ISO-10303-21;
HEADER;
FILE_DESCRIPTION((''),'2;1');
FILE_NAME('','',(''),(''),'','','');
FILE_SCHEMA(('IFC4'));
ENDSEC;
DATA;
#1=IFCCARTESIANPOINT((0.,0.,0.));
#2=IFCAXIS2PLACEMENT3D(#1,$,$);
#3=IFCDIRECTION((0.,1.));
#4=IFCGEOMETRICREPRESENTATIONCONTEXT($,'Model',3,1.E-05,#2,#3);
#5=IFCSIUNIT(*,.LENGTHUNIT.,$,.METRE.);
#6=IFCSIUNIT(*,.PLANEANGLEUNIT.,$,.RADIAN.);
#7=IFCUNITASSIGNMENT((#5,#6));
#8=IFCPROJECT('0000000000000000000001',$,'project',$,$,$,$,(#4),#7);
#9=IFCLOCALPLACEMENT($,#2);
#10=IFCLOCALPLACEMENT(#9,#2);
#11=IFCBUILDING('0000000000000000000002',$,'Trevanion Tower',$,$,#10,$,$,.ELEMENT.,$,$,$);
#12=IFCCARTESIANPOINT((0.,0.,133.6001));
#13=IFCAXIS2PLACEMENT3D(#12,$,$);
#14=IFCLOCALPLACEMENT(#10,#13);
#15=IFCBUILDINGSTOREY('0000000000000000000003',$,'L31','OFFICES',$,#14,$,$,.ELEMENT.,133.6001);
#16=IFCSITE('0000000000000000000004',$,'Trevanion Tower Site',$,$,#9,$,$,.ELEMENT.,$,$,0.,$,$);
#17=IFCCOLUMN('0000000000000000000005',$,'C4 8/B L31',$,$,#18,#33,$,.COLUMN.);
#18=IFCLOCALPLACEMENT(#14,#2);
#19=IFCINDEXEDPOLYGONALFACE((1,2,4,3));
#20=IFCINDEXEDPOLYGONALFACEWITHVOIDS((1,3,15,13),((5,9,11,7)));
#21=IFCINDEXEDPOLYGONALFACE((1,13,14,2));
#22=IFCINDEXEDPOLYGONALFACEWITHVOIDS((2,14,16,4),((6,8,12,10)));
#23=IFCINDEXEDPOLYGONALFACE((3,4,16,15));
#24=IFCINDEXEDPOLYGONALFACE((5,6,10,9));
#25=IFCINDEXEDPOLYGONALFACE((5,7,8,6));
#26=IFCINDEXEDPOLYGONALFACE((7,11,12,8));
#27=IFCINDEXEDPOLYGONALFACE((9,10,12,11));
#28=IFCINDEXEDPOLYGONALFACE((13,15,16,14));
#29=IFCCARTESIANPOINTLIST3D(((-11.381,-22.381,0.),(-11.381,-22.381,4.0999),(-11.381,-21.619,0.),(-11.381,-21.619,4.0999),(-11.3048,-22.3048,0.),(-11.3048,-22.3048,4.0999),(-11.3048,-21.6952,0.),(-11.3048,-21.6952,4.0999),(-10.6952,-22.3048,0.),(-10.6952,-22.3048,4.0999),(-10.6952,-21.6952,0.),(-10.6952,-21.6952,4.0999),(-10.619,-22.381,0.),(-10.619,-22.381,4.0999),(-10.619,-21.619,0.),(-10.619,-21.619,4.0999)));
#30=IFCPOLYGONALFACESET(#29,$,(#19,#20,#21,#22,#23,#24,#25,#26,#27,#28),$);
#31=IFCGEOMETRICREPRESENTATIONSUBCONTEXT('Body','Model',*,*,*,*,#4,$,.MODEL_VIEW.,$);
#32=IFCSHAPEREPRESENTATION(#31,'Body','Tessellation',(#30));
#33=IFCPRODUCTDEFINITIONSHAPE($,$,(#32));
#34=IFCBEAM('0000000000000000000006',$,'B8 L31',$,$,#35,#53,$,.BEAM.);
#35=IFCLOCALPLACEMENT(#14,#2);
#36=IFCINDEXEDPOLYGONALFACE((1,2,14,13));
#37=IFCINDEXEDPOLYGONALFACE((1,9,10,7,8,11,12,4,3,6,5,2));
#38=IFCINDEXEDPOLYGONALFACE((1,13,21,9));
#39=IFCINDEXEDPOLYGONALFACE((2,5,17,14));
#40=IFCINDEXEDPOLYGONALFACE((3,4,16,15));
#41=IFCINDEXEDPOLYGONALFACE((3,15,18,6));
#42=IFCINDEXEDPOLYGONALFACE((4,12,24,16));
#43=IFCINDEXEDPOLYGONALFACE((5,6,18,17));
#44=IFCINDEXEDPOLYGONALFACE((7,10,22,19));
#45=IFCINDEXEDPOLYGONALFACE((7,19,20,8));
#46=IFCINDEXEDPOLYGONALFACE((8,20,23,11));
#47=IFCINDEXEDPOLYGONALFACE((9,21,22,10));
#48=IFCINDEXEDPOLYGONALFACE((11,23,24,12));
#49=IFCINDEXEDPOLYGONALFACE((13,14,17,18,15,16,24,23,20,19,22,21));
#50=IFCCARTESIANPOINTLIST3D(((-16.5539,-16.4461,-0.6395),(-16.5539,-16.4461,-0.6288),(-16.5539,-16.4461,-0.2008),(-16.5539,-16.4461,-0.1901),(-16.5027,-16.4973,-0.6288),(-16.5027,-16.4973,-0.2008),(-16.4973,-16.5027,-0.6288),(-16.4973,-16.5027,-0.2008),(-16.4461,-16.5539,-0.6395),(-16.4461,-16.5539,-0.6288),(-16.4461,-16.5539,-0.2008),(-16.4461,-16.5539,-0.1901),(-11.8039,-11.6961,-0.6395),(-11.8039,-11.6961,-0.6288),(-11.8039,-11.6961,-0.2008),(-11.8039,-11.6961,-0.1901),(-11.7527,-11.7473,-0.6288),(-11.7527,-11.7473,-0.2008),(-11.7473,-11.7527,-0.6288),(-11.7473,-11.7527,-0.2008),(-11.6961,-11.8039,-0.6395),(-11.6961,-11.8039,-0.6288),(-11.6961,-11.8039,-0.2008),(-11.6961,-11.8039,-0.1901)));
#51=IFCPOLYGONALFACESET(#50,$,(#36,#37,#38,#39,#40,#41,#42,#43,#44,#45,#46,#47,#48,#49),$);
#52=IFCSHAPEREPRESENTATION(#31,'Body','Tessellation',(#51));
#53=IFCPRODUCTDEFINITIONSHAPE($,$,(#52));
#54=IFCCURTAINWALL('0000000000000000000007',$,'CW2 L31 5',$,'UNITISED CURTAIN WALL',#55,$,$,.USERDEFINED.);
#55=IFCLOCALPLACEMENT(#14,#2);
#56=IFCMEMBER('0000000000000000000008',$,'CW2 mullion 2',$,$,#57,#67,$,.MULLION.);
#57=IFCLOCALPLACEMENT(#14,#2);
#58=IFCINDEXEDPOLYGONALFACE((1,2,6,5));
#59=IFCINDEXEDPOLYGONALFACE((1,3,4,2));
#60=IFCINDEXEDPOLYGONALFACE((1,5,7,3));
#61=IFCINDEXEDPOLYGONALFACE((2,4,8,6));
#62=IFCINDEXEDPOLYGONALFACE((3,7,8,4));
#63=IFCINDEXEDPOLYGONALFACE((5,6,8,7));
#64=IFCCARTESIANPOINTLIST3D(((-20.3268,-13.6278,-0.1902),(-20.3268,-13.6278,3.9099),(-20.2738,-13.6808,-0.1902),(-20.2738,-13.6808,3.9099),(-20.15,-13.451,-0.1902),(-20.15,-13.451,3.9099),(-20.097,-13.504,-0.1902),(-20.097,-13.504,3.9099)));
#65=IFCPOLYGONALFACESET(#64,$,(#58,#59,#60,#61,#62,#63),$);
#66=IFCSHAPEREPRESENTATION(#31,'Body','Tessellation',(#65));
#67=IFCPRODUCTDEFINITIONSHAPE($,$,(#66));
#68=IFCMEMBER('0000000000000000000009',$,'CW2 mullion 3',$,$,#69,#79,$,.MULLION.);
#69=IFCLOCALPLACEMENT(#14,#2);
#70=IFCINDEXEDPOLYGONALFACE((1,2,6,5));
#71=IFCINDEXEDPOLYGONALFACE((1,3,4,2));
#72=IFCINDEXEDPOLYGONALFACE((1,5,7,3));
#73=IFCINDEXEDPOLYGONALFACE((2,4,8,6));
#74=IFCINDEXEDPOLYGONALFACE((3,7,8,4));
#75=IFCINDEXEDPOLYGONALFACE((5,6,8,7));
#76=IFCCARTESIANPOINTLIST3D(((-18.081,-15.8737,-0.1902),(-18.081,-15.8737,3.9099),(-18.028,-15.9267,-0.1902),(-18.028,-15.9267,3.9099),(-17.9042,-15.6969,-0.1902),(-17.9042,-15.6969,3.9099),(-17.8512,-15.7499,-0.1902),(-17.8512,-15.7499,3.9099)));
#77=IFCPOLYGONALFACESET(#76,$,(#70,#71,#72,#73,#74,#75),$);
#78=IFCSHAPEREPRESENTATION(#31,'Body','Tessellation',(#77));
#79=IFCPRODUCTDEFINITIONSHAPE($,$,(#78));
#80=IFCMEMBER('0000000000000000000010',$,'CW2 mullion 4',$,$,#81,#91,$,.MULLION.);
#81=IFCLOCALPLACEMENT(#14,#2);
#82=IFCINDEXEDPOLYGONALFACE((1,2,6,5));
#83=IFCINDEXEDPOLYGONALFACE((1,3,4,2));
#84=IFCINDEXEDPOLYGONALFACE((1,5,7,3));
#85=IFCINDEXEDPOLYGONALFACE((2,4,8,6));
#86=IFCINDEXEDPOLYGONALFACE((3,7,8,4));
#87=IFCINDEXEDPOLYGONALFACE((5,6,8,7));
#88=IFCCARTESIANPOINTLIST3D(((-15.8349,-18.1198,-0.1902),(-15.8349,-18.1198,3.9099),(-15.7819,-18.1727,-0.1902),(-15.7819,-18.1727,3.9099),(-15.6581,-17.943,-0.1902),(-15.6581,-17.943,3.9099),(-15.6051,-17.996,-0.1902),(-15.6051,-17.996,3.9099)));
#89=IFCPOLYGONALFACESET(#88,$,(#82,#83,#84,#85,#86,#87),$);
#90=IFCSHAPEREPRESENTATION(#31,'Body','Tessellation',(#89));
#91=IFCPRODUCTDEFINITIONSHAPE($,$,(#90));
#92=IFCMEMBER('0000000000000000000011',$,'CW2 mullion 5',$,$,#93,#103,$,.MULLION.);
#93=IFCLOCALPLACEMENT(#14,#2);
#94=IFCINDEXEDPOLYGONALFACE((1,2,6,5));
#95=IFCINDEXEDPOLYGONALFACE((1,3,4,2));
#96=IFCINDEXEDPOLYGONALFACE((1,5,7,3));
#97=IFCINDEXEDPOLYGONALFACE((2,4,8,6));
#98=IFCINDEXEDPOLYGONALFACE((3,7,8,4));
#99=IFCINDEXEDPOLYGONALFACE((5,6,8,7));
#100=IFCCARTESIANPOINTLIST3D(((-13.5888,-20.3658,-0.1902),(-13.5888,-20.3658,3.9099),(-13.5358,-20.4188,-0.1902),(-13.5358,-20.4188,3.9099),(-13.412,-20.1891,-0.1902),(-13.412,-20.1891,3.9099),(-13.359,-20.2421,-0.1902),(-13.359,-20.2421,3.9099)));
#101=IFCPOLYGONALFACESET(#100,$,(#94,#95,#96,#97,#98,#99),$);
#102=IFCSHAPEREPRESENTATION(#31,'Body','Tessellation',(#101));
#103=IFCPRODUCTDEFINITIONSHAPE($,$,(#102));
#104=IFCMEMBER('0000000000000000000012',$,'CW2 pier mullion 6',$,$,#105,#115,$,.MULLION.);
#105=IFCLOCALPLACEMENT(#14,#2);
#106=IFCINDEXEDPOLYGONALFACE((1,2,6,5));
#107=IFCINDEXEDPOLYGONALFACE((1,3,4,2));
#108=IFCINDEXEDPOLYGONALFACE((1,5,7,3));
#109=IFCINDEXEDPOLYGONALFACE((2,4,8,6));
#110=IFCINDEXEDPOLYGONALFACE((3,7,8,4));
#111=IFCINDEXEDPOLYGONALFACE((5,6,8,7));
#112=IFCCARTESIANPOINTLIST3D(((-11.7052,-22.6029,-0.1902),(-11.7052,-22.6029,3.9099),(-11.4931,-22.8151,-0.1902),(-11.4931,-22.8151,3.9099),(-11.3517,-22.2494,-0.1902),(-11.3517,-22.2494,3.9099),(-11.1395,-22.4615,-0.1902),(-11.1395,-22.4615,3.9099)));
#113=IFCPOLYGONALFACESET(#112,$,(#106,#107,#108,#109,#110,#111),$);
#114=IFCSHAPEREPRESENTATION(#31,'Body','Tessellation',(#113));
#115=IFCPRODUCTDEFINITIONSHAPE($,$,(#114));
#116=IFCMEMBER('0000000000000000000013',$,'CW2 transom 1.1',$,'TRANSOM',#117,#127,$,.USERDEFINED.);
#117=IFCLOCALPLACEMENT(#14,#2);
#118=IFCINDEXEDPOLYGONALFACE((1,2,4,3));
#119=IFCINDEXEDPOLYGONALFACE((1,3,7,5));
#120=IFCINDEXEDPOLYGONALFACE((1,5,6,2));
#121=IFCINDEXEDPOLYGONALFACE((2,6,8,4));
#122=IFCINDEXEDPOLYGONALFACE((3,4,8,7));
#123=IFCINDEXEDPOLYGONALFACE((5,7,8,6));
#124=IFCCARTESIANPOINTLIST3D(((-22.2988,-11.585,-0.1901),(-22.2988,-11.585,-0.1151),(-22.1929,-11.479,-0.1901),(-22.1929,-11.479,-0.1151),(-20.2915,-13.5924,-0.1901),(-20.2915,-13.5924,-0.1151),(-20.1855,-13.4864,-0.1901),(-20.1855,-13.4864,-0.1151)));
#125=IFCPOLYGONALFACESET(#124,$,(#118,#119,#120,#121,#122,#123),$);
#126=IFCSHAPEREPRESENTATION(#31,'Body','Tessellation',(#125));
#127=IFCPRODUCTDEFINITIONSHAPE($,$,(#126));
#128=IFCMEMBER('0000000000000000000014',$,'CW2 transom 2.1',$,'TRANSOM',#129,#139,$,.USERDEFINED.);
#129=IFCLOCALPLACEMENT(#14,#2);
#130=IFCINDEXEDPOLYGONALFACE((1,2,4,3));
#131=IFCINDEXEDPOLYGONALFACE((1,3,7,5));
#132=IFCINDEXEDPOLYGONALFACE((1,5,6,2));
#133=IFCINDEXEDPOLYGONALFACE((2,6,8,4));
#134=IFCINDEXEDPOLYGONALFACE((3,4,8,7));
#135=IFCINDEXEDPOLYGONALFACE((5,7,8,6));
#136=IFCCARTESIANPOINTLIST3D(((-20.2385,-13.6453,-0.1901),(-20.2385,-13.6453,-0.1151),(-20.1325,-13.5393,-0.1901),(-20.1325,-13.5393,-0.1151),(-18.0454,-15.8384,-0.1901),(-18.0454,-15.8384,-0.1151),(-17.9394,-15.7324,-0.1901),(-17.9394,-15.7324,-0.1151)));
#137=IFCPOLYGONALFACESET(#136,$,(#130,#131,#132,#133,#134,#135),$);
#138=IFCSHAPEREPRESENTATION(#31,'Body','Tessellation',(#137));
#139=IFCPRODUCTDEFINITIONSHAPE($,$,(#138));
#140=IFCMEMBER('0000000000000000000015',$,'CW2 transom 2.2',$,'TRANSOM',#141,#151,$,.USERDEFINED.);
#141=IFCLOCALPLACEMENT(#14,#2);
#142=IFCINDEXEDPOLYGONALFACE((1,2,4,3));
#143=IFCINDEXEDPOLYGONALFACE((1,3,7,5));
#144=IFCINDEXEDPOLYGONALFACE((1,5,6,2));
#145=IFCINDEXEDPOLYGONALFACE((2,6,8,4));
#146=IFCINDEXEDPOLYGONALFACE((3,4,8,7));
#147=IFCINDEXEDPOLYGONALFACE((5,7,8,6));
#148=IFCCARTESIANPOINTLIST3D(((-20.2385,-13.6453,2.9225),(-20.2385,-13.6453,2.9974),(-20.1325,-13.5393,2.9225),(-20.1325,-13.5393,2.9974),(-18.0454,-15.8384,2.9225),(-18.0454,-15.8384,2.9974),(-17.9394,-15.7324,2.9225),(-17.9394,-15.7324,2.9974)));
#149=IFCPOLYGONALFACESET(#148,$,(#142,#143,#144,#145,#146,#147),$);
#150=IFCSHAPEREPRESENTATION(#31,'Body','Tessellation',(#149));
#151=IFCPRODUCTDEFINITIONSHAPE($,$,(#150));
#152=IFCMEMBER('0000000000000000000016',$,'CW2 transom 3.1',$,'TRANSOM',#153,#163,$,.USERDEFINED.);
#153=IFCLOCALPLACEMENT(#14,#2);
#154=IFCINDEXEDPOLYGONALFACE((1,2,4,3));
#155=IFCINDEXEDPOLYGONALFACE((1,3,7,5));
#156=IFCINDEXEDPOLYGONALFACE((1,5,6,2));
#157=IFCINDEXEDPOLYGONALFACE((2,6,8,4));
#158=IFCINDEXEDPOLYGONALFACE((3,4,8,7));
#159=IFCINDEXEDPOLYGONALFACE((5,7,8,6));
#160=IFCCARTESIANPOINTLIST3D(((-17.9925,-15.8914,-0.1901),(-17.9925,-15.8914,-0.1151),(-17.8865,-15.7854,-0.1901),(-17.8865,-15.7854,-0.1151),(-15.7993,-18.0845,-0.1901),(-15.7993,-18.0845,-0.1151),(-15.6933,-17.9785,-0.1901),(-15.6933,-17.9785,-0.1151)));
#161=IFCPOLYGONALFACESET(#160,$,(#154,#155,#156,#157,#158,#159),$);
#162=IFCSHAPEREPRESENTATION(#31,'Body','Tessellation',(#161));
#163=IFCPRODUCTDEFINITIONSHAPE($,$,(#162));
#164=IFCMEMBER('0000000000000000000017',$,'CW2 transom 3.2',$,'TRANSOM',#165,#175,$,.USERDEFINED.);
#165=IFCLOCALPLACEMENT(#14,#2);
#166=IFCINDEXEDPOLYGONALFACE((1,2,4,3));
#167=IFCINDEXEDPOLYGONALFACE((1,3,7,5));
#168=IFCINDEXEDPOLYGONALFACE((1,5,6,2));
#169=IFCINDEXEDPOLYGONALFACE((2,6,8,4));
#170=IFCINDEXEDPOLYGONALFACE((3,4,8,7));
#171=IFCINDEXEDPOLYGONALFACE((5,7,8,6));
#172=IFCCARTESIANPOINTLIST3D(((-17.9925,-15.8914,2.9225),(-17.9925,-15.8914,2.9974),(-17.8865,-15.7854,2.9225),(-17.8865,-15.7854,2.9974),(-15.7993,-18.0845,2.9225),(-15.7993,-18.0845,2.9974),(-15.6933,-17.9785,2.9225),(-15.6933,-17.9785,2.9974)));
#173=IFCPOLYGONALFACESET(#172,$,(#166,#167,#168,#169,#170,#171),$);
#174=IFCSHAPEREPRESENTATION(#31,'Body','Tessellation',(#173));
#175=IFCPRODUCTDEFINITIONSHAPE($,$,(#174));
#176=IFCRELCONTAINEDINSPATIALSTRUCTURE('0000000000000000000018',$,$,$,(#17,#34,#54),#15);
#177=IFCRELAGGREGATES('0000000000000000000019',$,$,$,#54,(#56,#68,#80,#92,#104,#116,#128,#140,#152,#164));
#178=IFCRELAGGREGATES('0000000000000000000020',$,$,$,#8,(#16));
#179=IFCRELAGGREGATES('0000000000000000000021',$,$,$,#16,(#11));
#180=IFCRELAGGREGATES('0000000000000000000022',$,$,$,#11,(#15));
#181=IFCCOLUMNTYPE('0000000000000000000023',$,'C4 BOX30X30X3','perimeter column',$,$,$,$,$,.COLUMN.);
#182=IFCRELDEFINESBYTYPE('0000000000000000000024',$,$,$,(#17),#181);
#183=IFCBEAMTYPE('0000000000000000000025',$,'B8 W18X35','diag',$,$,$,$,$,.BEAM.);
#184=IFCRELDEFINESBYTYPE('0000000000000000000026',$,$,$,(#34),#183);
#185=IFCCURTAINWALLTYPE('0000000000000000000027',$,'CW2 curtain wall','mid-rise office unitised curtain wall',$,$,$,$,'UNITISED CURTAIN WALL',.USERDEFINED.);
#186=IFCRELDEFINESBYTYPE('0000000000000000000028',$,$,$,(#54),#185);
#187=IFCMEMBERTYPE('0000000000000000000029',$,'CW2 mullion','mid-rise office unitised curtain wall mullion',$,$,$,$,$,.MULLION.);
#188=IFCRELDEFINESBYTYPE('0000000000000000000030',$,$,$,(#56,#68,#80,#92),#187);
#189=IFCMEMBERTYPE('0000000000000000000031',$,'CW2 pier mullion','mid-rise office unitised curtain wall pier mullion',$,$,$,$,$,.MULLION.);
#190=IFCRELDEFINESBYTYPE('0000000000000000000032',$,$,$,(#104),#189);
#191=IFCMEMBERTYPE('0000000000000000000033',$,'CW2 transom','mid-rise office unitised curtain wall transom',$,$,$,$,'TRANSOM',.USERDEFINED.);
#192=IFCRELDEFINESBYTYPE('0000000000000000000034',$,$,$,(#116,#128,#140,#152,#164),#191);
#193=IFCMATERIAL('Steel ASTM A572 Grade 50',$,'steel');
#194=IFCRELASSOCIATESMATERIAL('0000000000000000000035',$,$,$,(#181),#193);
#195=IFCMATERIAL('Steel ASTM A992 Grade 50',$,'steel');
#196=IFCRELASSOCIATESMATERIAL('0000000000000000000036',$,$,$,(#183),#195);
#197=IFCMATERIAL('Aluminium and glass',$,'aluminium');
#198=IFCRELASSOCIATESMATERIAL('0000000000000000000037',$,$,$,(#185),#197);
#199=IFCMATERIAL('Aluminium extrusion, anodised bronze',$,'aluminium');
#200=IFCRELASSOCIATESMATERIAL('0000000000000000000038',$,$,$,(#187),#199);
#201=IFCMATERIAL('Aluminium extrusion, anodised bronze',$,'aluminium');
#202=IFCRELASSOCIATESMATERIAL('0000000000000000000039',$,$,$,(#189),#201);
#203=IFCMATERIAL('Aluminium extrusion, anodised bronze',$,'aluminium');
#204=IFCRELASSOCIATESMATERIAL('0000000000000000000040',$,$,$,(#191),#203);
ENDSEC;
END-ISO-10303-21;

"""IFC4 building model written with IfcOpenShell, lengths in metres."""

from ifc_helpers import new_model, si_unit, direction, frame, origin, origin_2d, place, context, subcontext, project, spatial, rectangle, hollow_rectangle, i_section, extrude, material, material_profile, profile_set, type_object, element, aggregate, save


model = new_model("IFC4")

# Units and contexts
model_context = context("Model", 3, precision=1e-05, world=origin(), true_north=direction((0.0, 1.0)))
body_context = subcontext(model_context, "Body", "Model", "MODEL_VIEW")
ifc_project = project(units=[si_unit("LENGTHUNIT", "METRE"), si_unit("PLANEANGLEUNIT", "RADIAN")], contexts=[model_context])

# Site, building, storey
site_placement = place(None, origin())
site = spatial("IfcSite", under=ifc_project, at=site_placement, Name="Trevanion Tower Site", CompositionType="ELEMENT", RefElevation=0.0)
building_placement = place(site_placement, origin())
building = spatial("IfcBuilding", under=site, at=building_placement, Name="Trevanion Tower", CompositionType="ELEMENT")
storey_placement = place(building_placement, frame((0.0, 0.0, 133.6001)))
storey = spatial("IfcBuildingStorey", under=building, at=storey_placement, Name="L31", Description="OFFICES", CompositionType="ELEMENT", Elevation=133.6001)

# Column
ifc_material_1 = material(Name="Steel ASTM A572 Grade 50", Category="steel")
ifc_material_profile_1 = material_profile(ifc_material_1, hollow_rectangle(XDim=0.762, YDim=0.762, WallThickness=0.0762, at=origin_2d()), Name="BOX30X30X3")
ifc_profile_set_1 = profile_set([ifc_material_profile_1], Name="Steel ASTM A572 Grade 50")
column_type = type_object("IfcColumnType", Name="C4 BOX30X30X3", Description="perimeter column", PredefinedType="COLUMN", material=ifc_profile_set_1)
column_placement = place(storey_placement, frame((-11.0, -22.0, 0.0), z_axis=(0.0, 0.0, 1.0), x_axis=(1.0, 0.0, 0.0)))
element("IfcColumn", 1, at=column_placement, inside=storey, type_object=column_type, Name="C4 8/B L31", PredefinedType="COLUMN", context=body_context, shape_type="SweptSolid", body=[
    extrude(hollow_rectangle(XDim=0.762, YDim=0.762, WallThickness=0.0762, at=origin_2d()), origin(), (0.0, 0.0, 1.0), 4.0999),
])

# Beam
ifc_material_2 = material(Name="Steel ASTM A992 Grade 50", Category="steel")
ifc_material_profile_2 = material_profile(ifc_material_2, i_section(OverallWidth=0.1523, OverallDepth=0.4495, WebThickness=0.0076, FlangeThickness=0.0107, at=origin_2d()), Name="W18X35")
ifc_profile_set_2 = profile_set([ifc_material_profile_2], Name="Steel ASTM A992 Grade 50")
beam_type_1 = type_object("IfcBeamType", Name="B8 W18X35", Description="diag", PredefinedType="BEAM", material=ifc_profile_set_2)
beam_1_placement = place(storey_placement, frame((-11.75, -11.75, -0.4148), z_axis=(-0.707107, -0.707107, 0.0), x_axis=(0.707107, -0.707107, 0.0)))
element("IfcBeam", 2, at=beam_1_placement, inside=storey, type_object=beam_type_1, Name="B8 L31", PredefinedType="BEAM", context=body_context, shape_type="SweptSolid", body=[
    extrude(i_section(OverallWidth=0.1523, OverallDepth=0.4495, WebThickness=0.0076, FlangeThickness=0.0107, at=origin_2d()), origin(), (0.0, 0.0, 1.0), 6.7175),
])

# Curtain wall, members
ifc_material_3 = material(Name="Aluminium and glass", Category="aluminium")
curtain_wall_type = type_object("IfcCurtainWallType", Name="CW2 curtain wall", Description="mid-rise office unitised curtain wall", ElementType="UNITISED CURTAIN WALL", PredefinedType="USERDEFINED", material=ifc_material_3)
curtain_wall_placement = place(storey_placement, origin())
curtain_wall = element("IfcCurtainWall", 3, at=curtain_wall_placement, inside=storey, type_object=curtain_wall_type, Name="CW2 L31 5", ObjectType="UNITISED CURTAIN WALL", PredefinedType="USERDEFINED")
ifc_material_4 = material(Name="Aluminium extrusion, anodised bronze", Category="aluminium")
ifc_material_profile_3 = material_profile(ifc_material_4, rectangle(XDim=0.075, YDim=0.25, at=origin_2d()), Name="CW2 mullion")
ifc_profile_set_3 = profile_set([ifc_material_profile_3], Name="Aluminium extrusion, anodised bronze")
member_type_1 = type_object("IfcMemberType", Name="CW2 mullion", Description="mid-rise office unitised curtain wall mullion", PredefinedType="MULLION", material=ifc_profile_set_3)
member_1_placement = place(storey_placement, frame((-20.2119, -13.5659, -0.1902), z_axis=(0.0, 0.0, 1.0), x_axis=(0.707107, -0.707107, 0.0)))
member_1 = element("IfcMember", 4, at=member_1_placement, type_object=member_type_1, Name="CW2 mullion 2", PredefinedType="MULLION", context=body_context, shape_type="SweptSolid", body=[
    extrude(rectangle(XDim=0.075, YDim=0.25, at=origin_2d()), origin(), (0.0, 0.0, 1.0), 4.1001),
])
member_2_placement = place(storey_placement, frame((-17.9661, -15.8118, -0.1902), z_axis=(0.0, 0.0, 1.0), x_axis=(0.707107, -0.707107, 0.0)))
member_2 = element("IfcMember", 5, at=member_2_placement, type_object=member_type_1, Name="CW2 mullion 3", PredefinedType="MULLION", context=body_context, shape_type="SweptSolid", body=[
    extrude(rectangle(XDim=0.075, YDim=0.25, at=origin_2d()), origin(), (0.0, 0.0, 1.0), 4.1001),
])
member_3_placement = place(storey_placement, frame((-15.72, -18.0579, -0.1902), z_axis=(0.0, 0.0, 1.0), x_axis=(0.707107, -0.707107, 0.0)))
member_3 = element("IfcMember", 6, at=member_3_placement, type_object=member_type_1, Name="CW2 mullion 4", PredefinedType="MULLION", context=body_context, shape_type="SweptSolid", body=[
    extrude(rectangle(XDim=0.075, YDim=0.25, at=origin_2d()), origin(), (0.0, 0.0, 1.0), 4.1001),
])
member_4_placement = place(storey_placement, frame((-13.4739, -20.304, -0.1902), z_axis=(0.0, 0.0, 1.0), x_axis=(0.707107, -0.707107, 0.0)))
member_4 = element("IfcMember", 7, at=member_4_placement, type_object=member_type_1, Name="CW2 mullion 5", PredefinedType="MULLION", context=body_context, shape_type="SweptSolid", body=[
    extrude(rectangle(XDim=0.075, YDim=0.25, at=origin_2d()), origin(), (0.0, 0.0, 1.0), 4.1001),
])
ifc_material_5 = material(Name="Aluminium extrusion, anodised bronze", Category="aluminium")
ifc_material_profile_4 = material_profile(ifc_material_5, rectangle(XDim=0.3, YDim=0.5, at=origin_2d()), Name="CW2 pier mullion")
ifc_profile_set_4 = profile_set([ifc_material_profile_4], Name="Aluminium extrusion, anodised bronze")
member_type_2 = type_object("IfcMemberType", Name="CW2 pier mullion", Description="mid-rise office unitised curtain wall pier mullion", PredefinedType="MULLION", material=ifc_profile_set_4)
member_5_placement = place(storey_placement, frame((-11.4224, -22.5322, -0.1902), z_axis=(0.0, 0.0, 1.0), x_axis=(0.707107, -0.707107, 0.0)))
member_5 = element("IfcMember", 8, at=member_5_placement, type_object=member_type_2, Name="CW2 pier mullion 6", PredefinedType="MULLION", context=body_context, shape_type="SweptSolid", body=[
    extrude(rectangle(XDim=0.3, YDim=0.5, at=origin_2d()), origin(), (0.0, 0.0, 1.0), 4.1001),
])
ifc_material_6 = material(Name="Aluminium extrusion, anodised bronze", Category="aluminium")
ifc_material_profile_5 = material_profile(ifc_material_6, rectangle(XDim=0.1499, YDim=0.075, at=origin_2d()), Name="CW2 transom")
ifc_profile_set_5 = profile_set([ifc_material_profile_5], Name="Aluminium extrusion, anodised bronze")
member_type_3 = type_object("IfcMemberType", Name="CW2 transom", Description="mid-rise office unitised curtain wall transom", ElementType="TRANSOM", PredefinedType="USERDEFINED", material=ifc_profile_set_5)
member_6_placement = place(storey_placement, frame((-22.2458, -11.532, -0.1526), z_axis=(0.707107, -0.707107, 0.0), x_axis=(0.707107, 0.707107, 0.0)))
member_6 = element("IfcMember", 9, at=member_6_placement, type_object=member_type_3, Name="CW2 transom 1.1", ObjectType="TRANSOM", PredefinedType="USERDEFINED", context=body_context, shape_type="SweptSolid", body=[
    extrude(rectangle(XDim=0.1499, YDim=0.075, at=origin_2d()), origin(), (0.0, 0.0, 1.0), 2.8389),
])
member_7_placement = place(storey_placement, frame((-20.1855, -13.5923, -0.1526), z_axis=(0.707107, -0.707107, 0.0), x_axis=(0.707107, 0.707107, 0.0)))
member_7 = element("IfcMember", 10, at=member_7_placement, type_object=member_type_3, Name="CW2 transom 2.1", ObjectType="TRANSOM", PredefinedType="USERDEFINED", context=body_context, shape_type="SweptSolid", body=[
    extrude(rectangle(XDim=0.1499, YDim=0.075, at=origin_2d()), origin(), (0.0, 0.0, 1.0), 3.1016),
])
member_8_placement = place(storey_placement, frame((-20.1855, -13.5923, 2.96), z_axis=(0.707107, -0.707107, 0.0), x_axis=(0.707107, 0.707107, 0.0)))
member_8 = element("IfcMember", 11, at=member_8_placement, type_object=member_type_3, Name="CW2 transom 2.2", ObjectType="TRANSOM", PredefinedType="USERDEFINED", context=body_context, shape_type="SweptSolid", body=[
    extrude(rectangle(XDim=0.1499, YDim=0.075, at=origin_2d()), origin(), (0.0, 0.0, 1.0), 3.1016),
])
member_9_placement = place(storey_placement, frame((-17.9395, -15.8384, -0.1526), z_axis=(0.707107, -0.707107, 0.0), x_axis=(0.707107, 0.707107, 0.0)))
member_9 = element("IfcMember", 12, at=member_9_placement, type_object=member_type_3, Name="CW2 transom 3.1", ObjectType="TRANSOM", PredefinedType="USERDEFINED", context=body_context, shape_type="SweptSolid", body=[
    extrude(rectangle(XDim=0.1499, YDim=0.075, at=origin_2d()), origin(), (0.0, 0.0, 1.0), 3.1016),
])
member_10_placement = place(storey_placement, frame((-17.9395, -15.8384, 2.96), z_axis=(0.707107, -0.707107, 0.0), x_axis=(0.707107, 0.707107, 0.0)))
member_10 = element("IfcMember", 13, at=member_10_placement, type_object=member_type_3, Name="CW2 transom 3.2", ObjectType="TRANSOM", PredefinedType="USERDEFINED", context=body_context, shape_type="SweptSolid", body=[
    extrude(rectangle(XDim=0.1499, YDim=0.075, at=origin_2d()), origin(), (0.0, 0.0, 1.0), 3.1016),
])

aggregate(curtain_wall, [member_1, member_2, member_3, member_4, member_5, member_6, member_7, member_8, member_9, member_10])

save(model, "model.ifc")
